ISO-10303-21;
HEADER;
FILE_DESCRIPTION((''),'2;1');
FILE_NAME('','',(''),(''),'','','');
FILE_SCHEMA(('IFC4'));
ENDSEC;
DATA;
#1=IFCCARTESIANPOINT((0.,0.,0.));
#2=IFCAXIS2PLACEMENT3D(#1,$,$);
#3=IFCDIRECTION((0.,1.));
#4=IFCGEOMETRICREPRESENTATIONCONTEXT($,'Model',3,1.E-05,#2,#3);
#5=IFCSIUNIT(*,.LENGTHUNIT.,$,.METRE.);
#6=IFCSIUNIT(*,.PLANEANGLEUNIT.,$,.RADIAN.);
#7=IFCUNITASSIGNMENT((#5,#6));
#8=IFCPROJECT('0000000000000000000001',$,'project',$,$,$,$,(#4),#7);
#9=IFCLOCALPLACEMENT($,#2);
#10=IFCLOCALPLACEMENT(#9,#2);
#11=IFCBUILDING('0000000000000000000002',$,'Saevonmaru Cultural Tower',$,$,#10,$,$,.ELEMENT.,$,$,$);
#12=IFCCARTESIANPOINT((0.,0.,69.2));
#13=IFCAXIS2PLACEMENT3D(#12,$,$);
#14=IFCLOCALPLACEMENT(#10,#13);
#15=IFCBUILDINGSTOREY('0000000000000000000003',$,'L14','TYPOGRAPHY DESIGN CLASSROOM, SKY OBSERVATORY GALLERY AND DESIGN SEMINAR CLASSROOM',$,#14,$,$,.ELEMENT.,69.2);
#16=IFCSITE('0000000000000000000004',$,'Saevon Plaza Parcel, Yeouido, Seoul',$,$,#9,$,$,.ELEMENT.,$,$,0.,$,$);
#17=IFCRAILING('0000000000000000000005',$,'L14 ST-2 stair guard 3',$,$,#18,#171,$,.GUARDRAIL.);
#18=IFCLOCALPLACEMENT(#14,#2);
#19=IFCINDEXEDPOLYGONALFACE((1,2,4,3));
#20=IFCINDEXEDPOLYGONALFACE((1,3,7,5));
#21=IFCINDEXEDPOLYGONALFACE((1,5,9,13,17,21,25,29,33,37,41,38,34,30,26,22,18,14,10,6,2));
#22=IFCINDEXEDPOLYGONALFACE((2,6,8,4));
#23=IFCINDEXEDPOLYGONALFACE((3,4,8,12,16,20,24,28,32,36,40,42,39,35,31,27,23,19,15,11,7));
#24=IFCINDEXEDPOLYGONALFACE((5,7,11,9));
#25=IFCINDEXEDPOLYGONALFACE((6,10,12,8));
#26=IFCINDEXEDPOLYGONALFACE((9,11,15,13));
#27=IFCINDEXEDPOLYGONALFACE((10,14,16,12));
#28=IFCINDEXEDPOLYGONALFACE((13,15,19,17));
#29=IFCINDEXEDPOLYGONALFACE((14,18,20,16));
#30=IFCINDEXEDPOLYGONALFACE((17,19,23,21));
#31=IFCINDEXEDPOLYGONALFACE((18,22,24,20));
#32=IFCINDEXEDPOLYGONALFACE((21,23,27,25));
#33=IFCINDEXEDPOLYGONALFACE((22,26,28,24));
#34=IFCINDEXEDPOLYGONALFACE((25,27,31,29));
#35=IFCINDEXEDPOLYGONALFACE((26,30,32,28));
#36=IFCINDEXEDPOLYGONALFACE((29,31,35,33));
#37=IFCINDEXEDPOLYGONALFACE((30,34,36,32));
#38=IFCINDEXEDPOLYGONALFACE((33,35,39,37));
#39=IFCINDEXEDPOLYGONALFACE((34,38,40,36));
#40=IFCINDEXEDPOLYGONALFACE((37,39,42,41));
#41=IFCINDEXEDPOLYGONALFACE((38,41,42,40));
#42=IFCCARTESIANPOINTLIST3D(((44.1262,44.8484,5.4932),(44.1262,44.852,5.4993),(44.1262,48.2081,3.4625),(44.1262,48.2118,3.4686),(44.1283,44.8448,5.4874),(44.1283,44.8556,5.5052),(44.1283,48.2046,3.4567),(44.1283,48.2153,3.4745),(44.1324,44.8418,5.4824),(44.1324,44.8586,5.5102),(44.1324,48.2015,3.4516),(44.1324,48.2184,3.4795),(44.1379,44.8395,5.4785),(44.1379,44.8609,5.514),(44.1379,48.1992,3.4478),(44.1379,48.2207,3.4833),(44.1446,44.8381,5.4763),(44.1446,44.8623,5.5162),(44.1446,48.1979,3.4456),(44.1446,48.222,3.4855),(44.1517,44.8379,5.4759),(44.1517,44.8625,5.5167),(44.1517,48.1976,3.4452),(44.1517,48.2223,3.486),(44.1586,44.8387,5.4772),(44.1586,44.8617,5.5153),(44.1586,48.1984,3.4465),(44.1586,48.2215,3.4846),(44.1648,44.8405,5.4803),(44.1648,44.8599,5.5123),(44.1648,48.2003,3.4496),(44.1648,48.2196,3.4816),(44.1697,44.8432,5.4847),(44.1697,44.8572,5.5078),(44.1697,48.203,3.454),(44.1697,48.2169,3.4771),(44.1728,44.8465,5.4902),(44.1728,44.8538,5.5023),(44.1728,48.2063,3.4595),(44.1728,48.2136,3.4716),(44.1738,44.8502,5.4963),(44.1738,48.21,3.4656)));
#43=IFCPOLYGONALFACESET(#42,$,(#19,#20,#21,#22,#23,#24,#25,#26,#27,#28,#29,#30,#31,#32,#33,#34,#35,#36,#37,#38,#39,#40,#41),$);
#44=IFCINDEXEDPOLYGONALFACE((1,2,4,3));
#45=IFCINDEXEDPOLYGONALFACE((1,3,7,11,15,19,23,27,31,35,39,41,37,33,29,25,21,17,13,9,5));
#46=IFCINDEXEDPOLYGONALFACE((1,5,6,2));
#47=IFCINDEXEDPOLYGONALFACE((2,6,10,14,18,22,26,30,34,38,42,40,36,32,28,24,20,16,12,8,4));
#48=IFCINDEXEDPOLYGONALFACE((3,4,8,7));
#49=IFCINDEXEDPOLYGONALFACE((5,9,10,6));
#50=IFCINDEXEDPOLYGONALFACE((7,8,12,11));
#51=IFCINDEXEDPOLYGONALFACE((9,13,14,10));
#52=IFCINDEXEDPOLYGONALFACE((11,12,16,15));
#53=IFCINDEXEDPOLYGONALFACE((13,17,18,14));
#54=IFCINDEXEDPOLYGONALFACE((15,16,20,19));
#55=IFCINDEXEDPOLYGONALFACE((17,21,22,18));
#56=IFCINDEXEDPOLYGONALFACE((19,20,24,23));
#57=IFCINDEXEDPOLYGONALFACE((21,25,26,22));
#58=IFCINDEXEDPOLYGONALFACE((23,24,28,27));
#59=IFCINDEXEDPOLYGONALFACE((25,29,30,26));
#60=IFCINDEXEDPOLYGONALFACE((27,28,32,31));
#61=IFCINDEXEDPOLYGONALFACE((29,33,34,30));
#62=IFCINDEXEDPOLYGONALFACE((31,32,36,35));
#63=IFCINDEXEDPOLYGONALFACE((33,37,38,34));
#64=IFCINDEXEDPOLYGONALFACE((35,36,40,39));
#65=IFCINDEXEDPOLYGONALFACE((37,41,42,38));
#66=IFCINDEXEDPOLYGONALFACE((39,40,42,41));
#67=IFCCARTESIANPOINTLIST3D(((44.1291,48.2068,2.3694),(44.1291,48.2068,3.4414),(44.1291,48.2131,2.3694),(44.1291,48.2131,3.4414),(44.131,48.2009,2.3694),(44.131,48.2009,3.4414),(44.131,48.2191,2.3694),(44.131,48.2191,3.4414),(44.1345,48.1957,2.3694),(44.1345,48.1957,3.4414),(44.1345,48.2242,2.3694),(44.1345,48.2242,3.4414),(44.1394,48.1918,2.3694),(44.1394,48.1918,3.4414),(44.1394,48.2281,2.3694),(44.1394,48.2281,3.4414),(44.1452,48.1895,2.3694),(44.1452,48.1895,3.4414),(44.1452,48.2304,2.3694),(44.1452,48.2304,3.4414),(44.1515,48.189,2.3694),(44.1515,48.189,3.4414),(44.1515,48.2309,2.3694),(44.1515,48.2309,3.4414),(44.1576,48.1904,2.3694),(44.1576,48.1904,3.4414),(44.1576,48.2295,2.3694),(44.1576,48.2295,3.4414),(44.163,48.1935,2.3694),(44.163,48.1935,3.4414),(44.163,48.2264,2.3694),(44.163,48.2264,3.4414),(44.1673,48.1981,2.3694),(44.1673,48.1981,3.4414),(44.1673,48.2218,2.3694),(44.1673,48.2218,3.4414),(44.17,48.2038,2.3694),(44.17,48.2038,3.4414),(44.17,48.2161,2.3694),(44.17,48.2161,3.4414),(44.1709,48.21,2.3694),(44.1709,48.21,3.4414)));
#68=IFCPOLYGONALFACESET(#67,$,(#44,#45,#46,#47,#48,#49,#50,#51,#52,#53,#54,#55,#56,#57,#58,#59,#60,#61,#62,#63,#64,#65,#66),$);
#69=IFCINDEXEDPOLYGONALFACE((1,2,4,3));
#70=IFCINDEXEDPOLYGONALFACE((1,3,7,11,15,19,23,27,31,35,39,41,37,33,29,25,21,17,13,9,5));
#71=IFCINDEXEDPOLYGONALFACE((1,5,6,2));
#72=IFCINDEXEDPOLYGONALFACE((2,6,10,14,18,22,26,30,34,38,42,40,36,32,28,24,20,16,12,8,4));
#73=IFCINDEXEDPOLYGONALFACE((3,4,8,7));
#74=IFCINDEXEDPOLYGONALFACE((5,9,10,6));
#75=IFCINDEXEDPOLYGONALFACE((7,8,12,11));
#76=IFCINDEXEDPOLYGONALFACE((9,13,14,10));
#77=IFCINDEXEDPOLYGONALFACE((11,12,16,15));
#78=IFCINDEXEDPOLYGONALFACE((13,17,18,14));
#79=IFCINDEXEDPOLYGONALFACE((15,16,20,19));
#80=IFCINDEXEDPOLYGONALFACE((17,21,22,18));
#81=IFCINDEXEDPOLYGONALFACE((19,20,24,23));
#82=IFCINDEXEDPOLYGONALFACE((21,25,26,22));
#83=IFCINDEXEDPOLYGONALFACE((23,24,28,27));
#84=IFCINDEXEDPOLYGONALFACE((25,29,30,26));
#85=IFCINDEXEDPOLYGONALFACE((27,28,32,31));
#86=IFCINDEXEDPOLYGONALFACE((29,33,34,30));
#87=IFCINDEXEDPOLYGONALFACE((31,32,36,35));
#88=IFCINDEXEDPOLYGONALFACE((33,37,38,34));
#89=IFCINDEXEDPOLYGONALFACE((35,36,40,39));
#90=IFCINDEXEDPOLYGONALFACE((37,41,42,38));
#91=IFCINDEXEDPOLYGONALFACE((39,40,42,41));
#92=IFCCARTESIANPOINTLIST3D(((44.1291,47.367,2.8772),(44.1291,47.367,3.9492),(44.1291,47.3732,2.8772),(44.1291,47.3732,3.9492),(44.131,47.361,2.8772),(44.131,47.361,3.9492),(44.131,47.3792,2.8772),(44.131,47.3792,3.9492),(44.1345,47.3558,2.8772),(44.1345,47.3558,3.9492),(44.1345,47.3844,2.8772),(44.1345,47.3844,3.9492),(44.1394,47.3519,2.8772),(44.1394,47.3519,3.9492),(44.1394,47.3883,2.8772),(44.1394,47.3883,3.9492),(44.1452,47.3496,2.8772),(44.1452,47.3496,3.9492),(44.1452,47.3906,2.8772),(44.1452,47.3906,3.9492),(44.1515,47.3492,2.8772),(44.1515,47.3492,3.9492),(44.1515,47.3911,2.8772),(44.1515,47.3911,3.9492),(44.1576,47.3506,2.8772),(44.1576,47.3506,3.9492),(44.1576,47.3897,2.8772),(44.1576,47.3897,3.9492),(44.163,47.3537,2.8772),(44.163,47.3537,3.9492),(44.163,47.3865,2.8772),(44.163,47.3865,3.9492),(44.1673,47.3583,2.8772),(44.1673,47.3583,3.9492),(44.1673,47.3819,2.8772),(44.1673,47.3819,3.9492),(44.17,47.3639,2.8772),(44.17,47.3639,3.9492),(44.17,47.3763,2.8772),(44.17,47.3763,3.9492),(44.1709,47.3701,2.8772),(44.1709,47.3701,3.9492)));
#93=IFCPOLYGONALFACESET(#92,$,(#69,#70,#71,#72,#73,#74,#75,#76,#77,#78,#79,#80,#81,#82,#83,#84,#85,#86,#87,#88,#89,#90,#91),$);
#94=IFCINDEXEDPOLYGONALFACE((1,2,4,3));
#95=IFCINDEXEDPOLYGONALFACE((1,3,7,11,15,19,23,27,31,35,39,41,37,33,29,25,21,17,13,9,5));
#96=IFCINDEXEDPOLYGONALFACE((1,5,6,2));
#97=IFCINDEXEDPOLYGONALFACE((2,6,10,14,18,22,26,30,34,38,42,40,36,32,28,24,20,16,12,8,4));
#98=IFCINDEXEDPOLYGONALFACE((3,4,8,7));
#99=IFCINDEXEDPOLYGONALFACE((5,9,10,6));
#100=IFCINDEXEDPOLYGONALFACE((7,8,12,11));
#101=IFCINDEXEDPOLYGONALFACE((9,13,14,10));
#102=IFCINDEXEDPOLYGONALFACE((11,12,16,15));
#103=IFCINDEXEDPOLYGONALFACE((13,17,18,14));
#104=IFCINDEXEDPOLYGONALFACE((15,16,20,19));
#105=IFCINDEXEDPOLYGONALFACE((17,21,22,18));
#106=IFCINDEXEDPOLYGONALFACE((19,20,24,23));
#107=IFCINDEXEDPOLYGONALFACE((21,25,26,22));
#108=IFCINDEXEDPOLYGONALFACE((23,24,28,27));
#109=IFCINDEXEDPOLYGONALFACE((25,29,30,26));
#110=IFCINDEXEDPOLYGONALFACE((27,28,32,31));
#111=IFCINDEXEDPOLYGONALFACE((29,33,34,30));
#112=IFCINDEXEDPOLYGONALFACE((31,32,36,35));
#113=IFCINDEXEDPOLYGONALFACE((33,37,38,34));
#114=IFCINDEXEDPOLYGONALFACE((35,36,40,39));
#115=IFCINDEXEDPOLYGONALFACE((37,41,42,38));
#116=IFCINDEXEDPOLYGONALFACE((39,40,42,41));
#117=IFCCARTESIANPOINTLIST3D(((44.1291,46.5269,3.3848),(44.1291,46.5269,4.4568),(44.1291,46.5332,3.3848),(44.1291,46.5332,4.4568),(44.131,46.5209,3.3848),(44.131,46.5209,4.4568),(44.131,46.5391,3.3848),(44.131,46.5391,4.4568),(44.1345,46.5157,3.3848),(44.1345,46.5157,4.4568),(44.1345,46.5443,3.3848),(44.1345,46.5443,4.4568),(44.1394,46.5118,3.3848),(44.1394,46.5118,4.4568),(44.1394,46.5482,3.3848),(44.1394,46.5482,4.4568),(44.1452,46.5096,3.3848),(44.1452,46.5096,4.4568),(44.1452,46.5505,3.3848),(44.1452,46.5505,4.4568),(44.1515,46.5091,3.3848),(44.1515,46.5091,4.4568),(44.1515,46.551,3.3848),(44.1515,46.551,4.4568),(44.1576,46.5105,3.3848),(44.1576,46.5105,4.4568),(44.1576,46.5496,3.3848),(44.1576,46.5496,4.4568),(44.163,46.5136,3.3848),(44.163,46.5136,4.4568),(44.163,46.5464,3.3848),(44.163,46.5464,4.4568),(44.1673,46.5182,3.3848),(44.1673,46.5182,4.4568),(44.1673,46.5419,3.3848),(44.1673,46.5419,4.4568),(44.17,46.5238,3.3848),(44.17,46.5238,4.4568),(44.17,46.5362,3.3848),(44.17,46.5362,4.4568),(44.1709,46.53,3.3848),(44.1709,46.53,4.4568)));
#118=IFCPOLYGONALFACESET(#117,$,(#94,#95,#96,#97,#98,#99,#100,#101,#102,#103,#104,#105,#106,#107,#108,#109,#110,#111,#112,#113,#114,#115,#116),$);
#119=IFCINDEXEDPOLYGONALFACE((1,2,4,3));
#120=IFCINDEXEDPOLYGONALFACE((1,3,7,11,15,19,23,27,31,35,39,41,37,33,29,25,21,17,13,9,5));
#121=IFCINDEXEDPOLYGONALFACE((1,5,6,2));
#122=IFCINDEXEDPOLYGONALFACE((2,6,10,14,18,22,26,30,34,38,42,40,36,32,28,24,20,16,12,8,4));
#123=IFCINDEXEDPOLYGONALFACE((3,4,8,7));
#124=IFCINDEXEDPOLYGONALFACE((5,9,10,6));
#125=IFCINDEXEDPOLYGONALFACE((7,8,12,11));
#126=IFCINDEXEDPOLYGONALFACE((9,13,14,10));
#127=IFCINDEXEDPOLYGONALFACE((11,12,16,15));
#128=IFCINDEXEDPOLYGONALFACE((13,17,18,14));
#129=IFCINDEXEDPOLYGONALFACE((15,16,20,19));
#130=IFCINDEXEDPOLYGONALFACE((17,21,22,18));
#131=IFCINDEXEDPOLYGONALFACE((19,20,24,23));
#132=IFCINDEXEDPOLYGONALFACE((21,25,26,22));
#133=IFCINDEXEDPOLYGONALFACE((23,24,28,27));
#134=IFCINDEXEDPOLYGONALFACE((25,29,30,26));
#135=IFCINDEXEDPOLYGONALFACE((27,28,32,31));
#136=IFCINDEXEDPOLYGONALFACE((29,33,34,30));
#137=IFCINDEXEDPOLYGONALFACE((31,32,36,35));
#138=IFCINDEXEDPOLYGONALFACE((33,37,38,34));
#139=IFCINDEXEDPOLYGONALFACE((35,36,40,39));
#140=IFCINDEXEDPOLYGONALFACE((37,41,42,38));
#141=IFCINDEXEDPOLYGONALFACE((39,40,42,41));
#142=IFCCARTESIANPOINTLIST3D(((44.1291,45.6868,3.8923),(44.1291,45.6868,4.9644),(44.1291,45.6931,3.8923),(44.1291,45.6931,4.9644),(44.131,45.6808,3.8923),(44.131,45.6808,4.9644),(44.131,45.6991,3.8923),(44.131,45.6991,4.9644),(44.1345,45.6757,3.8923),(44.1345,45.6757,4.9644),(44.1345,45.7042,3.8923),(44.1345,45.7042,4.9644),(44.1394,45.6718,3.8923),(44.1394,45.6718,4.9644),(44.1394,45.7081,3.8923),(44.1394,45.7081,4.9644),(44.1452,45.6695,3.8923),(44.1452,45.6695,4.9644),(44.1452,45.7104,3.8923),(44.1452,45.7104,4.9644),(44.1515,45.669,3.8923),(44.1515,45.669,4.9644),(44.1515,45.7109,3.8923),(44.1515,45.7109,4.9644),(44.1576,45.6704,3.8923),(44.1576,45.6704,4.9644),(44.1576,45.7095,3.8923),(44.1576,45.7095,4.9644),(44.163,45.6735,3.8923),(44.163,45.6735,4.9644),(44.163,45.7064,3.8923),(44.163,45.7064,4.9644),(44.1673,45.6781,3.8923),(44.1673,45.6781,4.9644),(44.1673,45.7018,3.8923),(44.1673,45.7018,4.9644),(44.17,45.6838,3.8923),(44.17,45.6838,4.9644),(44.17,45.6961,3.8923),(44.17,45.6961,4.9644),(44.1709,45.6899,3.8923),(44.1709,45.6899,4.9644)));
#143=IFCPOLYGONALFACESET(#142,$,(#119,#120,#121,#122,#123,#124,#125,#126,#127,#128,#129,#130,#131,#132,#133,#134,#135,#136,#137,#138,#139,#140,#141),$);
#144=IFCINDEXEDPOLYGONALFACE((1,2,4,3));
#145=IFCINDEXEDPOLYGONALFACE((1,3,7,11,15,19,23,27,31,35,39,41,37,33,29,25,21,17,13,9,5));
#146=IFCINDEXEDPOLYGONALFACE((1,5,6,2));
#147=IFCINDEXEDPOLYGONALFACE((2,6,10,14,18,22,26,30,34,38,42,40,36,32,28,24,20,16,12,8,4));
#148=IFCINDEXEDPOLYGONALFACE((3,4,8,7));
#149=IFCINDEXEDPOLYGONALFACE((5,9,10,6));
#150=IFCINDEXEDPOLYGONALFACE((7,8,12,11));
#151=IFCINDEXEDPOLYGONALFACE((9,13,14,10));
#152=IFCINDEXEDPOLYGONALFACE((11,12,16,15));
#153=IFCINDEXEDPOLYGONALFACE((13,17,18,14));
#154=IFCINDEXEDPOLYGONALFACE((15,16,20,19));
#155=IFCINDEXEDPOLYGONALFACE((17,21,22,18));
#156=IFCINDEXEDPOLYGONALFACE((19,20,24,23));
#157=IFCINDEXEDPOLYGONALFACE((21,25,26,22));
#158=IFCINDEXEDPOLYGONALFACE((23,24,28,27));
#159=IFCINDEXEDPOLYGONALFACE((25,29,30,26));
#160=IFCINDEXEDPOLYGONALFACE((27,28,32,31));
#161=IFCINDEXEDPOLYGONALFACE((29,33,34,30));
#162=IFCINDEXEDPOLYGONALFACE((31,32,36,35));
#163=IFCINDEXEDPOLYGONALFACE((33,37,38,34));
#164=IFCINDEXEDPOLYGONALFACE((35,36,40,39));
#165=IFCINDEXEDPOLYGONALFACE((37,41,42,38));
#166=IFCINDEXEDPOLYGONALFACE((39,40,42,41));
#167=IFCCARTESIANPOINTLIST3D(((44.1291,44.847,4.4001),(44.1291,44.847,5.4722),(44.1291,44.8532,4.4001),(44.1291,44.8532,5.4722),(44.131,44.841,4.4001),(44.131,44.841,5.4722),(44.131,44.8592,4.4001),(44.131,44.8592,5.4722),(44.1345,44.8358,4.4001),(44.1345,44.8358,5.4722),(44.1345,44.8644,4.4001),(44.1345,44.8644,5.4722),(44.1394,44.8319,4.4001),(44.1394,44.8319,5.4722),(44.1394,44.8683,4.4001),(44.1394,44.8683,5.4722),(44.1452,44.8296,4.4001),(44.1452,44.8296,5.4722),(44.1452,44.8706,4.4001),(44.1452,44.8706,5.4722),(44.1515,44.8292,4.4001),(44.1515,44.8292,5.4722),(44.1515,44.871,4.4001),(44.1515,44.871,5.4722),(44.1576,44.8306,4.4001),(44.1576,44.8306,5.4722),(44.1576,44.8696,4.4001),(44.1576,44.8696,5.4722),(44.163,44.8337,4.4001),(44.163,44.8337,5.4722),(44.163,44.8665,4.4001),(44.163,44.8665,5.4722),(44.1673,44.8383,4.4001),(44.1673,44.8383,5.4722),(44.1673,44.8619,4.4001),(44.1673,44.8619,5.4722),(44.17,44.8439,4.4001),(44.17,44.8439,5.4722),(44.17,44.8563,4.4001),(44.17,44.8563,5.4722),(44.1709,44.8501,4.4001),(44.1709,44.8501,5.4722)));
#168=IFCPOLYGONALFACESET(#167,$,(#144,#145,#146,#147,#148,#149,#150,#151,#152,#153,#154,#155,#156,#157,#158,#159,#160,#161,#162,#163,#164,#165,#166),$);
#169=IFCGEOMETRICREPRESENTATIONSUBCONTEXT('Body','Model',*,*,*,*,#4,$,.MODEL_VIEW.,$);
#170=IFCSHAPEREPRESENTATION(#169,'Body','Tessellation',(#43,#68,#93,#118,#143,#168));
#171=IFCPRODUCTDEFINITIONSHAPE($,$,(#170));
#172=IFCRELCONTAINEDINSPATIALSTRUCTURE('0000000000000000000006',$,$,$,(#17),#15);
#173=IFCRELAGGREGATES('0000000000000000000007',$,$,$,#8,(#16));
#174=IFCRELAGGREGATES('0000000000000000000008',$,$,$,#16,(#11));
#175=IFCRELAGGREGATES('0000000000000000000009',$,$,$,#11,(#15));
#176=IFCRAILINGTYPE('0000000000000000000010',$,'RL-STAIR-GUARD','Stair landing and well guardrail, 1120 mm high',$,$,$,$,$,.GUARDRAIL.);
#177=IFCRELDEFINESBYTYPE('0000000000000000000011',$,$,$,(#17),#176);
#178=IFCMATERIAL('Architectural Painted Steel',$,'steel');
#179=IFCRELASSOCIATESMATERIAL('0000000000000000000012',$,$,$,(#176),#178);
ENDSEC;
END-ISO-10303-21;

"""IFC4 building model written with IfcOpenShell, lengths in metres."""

from ifc_helpers import new_model, si_unit, direction, frame, origin, origin_2d, place, context, subcontext, project, spatial, circle, extrude, material, type_object, element, save


model = new_model("IFC4")

# Units and contexts
model_context = context("Model", 3, precision=1e-05, world=origin(), true_north=direction((0.0, 1.0)))
body_context = subcontext(model_context, "Body", "Model", "MODEL_VIEW")
ifc_project = project(units=[si_unit("LENGTHUNIT", "METRE"), si_unit("PLANEANGLEUNIT", "RADIAN")], contexts=[model_context])

# Site, building, storey
site_placement = place(None, origin())
site = spatial("IfcSite", under=ifc_project, at=site_placement, Name="Saevon Plaza Parcel, Yeouido, Seoul", CompositionType="ELEMENT", RefElevation=0.0)
building_placement = place(site_placement, origin())
building = spatial("IfcBuilding", under=site, at=building_placement, Name="Saevonmaru Cultural Tower", CompositionType="ELEMENT")
storey_placement = place(building_placement, frame((0.0, 0.0, 69.2)))
storey = spatial("IfcBuildingStorey", under=building, at=storey_placement, Name="L14", Description="TYPOGRAPHY DESIGN CLASSROOM, SKY OBSERVATORY GALLERY AND DESIGN SEMINAR CLASSROOM", CompositionType="ELEMENT", Elevation=69.2)

# Railing
ifc_material_1 = material(Name="Architectural Painted Steel", Category="steel")
railing_type = type_object("IfcRailingType", Name="RL-STAIR-GUARD", Description="Stair landing and well guardrail, 1120 mm high", PredefinedType="GUARDRAIL", material=ifc_material_1)
railing_1_placement = place(storey_placement, frame((44.1499, 48.21, 2.3694)))
element("IfcRailing", 1, at=railing_1_placement, inside=storey, type_object=railing_type, Name="L14 ST-2 stair guard 3", PredefinedType="GUARDRAIL", context=body_context, shape_type="SweptSolid", body=[
    extrude(circle(Radius=0.0239, at=origin_2d()), frame((0.0, 0.0, 1.0962), z_axis=(0.0, -0.85582, 0.517273), x_axis=(1.0, 0.0, 0.0)), (0.0, 0.0, 1.0), 3.9258),
    extrude(circle(Radius=0.021, at=origin_2d()), origin(), (0.0, 0.0, 1.0), 1.072),
    extrude(circle(Radius=0.021, at=origin_2d()), frame((0.0, -0.8398, 0.5078)), (0.0, 0.0, 1.0), 1.072),
    extrude(circle(Radius=0.021, at=origin_2d()), frame((0.0, -1.6799, 1.0154)), (0.0, 0.0, 1.0), 1.072),
    extrude(circle(Radius=0.021, at=origin_2d()), frame((0.0, -2.52, 1.5229)), (0.0, 0.0, 1.0), 1.072),
    extrude(circle(Radius=0.021, at=origin_2d()), frame((0.0, -3.3599, 2.0308)), (0.0, 0.0, 1.0), 1.072),
])

save(model, "model.ifc")
